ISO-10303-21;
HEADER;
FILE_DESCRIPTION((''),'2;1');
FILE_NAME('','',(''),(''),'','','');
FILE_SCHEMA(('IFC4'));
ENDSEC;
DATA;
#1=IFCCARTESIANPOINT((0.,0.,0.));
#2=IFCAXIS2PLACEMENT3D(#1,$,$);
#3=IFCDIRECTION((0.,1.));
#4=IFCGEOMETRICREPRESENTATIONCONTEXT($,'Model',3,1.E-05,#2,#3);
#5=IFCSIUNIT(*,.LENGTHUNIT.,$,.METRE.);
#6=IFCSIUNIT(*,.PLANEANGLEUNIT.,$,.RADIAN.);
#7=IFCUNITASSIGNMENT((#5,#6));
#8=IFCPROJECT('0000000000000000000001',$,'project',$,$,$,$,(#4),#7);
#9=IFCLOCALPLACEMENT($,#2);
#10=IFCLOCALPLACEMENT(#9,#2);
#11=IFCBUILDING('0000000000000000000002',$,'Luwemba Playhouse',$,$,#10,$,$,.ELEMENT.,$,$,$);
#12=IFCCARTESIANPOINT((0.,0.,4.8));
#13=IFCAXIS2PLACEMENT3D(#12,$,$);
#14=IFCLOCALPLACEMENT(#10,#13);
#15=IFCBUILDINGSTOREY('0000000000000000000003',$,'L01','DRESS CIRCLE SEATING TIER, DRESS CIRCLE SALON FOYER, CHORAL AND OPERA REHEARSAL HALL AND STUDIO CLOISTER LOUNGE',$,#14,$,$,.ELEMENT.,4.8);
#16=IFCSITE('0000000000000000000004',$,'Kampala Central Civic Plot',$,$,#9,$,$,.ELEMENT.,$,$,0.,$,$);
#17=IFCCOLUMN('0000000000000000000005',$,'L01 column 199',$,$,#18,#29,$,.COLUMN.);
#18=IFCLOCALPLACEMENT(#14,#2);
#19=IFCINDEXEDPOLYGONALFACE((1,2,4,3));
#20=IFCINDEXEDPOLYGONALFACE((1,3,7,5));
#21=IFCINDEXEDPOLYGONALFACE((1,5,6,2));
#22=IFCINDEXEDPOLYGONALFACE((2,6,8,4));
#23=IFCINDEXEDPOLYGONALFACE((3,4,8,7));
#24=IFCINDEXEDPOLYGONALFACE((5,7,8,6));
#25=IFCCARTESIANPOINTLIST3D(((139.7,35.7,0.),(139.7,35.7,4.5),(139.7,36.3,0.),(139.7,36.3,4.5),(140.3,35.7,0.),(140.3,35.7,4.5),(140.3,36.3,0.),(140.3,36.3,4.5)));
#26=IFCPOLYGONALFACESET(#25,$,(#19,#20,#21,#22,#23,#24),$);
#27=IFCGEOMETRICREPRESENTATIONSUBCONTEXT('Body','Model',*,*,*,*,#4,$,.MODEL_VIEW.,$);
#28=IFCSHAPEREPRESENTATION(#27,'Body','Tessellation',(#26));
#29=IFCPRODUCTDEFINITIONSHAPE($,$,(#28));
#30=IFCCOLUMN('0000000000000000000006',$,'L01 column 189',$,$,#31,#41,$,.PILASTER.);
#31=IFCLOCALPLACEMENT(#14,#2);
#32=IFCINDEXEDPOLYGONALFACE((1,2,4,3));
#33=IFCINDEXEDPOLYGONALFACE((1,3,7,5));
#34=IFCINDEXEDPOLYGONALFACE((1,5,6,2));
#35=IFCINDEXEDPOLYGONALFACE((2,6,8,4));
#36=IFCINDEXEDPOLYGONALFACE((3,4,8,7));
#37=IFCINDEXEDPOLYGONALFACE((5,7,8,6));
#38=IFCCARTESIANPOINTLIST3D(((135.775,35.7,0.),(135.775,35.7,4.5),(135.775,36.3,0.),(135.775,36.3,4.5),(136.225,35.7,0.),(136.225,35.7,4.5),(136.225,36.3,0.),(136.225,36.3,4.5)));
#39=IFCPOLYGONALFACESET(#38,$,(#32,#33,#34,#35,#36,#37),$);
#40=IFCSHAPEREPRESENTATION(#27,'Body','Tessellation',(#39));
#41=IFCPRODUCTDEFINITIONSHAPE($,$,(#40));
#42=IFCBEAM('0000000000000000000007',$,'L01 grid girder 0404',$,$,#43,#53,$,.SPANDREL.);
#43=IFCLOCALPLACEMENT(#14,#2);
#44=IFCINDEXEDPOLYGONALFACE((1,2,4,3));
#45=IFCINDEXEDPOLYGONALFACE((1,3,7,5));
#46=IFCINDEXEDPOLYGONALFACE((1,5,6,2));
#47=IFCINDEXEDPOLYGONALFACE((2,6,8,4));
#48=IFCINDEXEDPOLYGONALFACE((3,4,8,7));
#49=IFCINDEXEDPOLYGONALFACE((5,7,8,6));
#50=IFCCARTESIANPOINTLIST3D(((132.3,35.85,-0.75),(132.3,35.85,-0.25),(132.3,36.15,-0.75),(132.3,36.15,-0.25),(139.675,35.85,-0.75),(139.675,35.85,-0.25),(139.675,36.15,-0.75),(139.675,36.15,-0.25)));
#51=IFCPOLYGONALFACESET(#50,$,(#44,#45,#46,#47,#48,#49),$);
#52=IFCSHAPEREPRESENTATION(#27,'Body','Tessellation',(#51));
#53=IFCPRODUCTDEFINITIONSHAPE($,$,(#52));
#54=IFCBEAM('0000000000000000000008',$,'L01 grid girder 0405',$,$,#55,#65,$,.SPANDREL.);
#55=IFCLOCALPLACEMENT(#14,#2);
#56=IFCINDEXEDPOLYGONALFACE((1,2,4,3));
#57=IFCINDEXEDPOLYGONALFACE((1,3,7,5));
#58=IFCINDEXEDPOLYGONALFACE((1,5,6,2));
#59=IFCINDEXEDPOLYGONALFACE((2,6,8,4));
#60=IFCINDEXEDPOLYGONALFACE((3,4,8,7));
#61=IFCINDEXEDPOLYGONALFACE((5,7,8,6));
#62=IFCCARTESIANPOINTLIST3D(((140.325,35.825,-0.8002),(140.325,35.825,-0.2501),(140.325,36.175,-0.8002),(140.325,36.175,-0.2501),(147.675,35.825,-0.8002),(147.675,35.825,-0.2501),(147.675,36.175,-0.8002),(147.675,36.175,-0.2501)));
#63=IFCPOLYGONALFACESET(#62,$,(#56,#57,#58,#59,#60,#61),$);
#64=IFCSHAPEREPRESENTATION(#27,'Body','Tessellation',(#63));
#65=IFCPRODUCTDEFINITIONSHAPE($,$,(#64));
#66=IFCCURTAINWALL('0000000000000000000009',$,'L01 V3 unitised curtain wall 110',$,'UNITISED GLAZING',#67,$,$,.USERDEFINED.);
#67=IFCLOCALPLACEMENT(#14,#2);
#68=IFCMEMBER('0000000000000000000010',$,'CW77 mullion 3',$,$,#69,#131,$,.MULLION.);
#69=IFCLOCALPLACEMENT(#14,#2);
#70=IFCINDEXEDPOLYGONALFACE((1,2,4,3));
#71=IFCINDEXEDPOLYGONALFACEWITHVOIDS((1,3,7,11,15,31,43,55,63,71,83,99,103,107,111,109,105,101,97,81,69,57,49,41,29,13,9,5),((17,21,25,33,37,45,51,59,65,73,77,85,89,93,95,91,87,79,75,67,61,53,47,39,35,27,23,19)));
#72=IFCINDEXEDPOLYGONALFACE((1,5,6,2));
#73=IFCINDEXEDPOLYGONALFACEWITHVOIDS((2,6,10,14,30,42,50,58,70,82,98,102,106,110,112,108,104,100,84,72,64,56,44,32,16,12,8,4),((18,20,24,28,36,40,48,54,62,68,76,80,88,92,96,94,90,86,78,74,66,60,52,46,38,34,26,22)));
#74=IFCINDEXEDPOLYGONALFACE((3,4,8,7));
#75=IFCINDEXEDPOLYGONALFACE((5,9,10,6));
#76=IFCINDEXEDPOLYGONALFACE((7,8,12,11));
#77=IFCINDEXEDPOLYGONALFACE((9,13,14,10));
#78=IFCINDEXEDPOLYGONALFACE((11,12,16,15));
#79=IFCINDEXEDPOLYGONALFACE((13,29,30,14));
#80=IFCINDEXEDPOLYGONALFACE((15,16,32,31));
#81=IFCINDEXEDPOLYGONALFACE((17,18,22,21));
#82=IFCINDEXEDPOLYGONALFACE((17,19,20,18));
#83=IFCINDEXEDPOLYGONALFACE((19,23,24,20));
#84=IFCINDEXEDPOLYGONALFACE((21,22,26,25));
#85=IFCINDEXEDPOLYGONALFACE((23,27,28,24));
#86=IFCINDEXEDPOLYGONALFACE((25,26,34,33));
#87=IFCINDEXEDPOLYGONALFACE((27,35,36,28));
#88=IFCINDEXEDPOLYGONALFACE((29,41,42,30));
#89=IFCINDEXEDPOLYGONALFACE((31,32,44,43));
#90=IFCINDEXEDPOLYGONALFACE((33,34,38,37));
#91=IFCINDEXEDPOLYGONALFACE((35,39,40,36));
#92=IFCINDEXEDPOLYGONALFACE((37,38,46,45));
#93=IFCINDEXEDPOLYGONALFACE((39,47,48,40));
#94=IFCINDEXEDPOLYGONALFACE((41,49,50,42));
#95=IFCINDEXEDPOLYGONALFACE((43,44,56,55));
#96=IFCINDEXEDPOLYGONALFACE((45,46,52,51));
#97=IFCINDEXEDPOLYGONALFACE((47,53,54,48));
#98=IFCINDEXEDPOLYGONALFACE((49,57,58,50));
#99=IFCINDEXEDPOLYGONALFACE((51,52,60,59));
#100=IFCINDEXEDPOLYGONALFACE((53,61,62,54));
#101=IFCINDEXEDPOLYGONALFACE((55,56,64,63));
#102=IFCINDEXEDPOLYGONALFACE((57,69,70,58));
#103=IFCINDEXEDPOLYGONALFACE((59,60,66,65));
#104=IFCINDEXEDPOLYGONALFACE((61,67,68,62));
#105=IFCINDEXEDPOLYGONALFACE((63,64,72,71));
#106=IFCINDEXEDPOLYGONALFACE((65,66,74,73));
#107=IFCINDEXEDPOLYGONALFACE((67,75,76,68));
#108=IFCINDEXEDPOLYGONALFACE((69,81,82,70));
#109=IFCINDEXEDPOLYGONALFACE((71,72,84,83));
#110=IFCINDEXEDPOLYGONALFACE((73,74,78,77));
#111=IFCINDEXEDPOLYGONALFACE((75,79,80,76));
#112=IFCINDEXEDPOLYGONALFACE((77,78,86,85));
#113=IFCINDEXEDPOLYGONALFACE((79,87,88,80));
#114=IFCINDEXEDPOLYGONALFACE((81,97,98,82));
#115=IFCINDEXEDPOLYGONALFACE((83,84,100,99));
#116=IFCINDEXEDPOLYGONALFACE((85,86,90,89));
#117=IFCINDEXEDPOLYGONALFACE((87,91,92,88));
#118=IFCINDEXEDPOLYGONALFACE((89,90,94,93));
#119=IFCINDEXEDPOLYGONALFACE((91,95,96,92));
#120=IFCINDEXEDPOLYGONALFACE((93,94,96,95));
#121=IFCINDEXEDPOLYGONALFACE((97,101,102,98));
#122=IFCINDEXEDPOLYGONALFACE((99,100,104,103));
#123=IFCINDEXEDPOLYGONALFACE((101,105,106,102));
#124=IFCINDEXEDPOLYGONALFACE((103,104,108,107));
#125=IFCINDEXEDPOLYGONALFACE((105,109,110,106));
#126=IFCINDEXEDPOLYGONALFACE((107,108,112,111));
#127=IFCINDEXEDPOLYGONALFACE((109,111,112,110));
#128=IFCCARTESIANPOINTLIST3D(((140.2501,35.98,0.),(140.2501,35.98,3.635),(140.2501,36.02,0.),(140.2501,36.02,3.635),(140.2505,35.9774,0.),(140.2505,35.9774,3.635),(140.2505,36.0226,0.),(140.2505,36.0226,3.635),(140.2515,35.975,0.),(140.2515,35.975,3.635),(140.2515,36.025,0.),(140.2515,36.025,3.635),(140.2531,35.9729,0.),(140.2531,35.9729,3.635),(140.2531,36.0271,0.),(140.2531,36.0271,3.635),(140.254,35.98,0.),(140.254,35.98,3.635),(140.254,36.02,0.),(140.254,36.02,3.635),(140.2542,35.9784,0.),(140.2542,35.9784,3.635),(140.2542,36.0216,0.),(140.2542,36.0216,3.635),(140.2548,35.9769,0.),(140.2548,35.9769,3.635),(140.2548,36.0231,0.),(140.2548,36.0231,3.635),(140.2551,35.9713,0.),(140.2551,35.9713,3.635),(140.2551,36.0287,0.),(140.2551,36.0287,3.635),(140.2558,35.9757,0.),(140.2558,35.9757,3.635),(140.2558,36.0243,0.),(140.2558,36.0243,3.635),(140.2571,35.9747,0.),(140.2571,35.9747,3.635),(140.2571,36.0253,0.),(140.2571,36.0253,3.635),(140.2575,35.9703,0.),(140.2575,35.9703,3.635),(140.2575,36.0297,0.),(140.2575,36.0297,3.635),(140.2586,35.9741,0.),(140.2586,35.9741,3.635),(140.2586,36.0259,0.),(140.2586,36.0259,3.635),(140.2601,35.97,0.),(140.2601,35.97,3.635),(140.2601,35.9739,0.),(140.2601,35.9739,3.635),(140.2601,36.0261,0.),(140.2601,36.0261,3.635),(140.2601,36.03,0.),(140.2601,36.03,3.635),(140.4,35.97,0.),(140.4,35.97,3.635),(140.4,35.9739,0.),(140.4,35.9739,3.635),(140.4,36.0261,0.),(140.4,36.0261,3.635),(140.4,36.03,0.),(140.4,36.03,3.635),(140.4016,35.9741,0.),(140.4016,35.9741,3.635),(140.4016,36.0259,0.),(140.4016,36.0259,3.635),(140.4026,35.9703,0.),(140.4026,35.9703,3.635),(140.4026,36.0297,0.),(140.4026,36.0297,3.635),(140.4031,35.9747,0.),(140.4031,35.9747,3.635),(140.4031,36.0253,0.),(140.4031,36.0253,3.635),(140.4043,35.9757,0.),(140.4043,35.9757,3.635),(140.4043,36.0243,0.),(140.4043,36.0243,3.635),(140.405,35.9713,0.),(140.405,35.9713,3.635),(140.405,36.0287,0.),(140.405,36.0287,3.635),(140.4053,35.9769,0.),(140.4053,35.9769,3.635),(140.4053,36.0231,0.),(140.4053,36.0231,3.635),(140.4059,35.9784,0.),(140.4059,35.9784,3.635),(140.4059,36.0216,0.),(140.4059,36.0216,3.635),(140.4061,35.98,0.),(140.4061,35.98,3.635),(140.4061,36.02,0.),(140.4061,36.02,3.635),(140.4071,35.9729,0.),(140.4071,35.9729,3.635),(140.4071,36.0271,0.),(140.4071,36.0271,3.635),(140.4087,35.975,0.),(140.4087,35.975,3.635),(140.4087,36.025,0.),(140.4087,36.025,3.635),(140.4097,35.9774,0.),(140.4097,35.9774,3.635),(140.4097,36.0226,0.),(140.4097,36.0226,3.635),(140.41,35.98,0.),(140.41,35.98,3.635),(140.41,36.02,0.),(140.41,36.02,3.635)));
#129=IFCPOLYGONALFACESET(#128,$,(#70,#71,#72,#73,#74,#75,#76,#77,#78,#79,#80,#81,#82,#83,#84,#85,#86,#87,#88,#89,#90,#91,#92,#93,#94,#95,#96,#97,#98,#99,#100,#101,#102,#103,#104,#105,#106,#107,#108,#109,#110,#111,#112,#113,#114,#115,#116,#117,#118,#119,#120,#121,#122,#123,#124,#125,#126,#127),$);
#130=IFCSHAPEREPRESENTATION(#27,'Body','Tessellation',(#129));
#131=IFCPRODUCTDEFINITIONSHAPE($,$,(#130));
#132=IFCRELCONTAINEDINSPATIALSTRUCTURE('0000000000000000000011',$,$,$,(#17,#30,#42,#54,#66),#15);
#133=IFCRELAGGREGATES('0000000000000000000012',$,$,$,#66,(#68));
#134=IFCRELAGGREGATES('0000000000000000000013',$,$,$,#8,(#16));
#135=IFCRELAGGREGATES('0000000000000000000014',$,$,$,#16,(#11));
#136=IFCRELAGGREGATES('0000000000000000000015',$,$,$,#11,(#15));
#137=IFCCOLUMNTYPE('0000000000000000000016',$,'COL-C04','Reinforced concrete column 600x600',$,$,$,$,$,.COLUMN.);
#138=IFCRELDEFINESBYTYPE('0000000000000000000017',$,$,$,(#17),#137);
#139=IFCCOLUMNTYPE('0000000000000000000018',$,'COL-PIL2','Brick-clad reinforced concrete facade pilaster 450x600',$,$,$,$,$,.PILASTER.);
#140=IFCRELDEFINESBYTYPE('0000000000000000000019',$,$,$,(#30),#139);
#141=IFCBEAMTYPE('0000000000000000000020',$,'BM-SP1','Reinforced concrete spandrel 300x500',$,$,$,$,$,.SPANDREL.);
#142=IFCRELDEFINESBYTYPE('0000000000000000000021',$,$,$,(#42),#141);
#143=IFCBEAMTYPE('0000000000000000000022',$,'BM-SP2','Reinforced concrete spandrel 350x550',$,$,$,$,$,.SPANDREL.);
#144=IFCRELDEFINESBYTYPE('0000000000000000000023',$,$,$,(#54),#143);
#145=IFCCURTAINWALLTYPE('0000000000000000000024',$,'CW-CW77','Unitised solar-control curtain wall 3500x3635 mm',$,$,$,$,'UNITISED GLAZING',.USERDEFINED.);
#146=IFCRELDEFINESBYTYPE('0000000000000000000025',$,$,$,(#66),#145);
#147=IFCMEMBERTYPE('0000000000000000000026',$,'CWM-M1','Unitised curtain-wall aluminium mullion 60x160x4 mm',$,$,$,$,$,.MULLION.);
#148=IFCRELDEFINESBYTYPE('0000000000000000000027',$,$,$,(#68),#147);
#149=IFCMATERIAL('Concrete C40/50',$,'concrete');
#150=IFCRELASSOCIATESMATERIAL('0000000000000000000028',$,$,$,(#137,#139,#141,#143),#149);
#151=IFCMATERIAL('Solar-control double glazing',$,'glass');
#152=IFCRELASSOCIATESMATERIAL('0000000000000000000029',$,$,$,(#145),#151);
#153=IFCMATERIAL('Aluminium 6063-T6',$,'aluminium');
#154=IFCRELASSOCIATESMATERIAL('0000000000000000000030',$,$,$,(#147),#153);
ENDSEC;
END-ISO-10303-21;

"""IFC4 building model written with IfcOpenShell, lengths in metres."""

from ifc_helpers import new_model, si_unit, direction, frame, origin, origin_2d, place, context, subcontext, project, spatial, rectangle, hollow_rectangle, extrude, material, material_profile, profile_set, type_object, element, aggregate, save


model = new_model("IFC4")

# Units and contexts
model_context = context("Model", 3, precision=1e-05, world=origin(), true_north=direction((0.0, 1.0)))
body_context = subcontext(model_context, "Body", "Model", "MODEL_VIEW")
ifc_project = project(units=[si_unit("LENGTHUNIT", "METRE"), si_unit("PLANEANGLEUNIT", "RADIAN")], contexts=[model_context])

# Site, building, storey
site_placement = place(None, origin())
site = spatial("IfcSite", under=ifc_project, at=site_placement, Name="Kampala Central Civic Plot", CompositionType="ELEMENT", RefElevation=0.0)
building_placement = place(site_placement, origin())
building = spatial("IfcBuilding", under=site, at=building_placement, Name="Luwemba Playhouse", CompositionType="ELEMENT")
storey_placement = place(building_placement, frame((0.0, 0.0, 4.8)))
storey = spatial("IfcBuildingStorey", under=building, at=storey_placement, Name="L01", Description="DRESS CIRCLE SEATING TIER, DRESS CIRCLE SALON FOYER, CHORAL AND OPERA REHEARSAL HALL AND STUDIO CLOISTER LOUNGE", CompositionType="ELEMENT", Elevation=4.8)

# Columns
ifc_material_1 = material(Name="Concrete C40/50", Category="concrete")
ifc_material_profile_1 = material_profile(ifc_material_1, rectangle(XDim=0.6001, YDim=0.6001, at=origin_2d()))
ifc_profile_set_1 = profile_set([ifc_material_profile_1], Name="Concrete C40/50")
column_type_1 = type_object("IfcColumnType", Name="COL-C04", Description="Reinforced concrete column 600x600", PredefinedType="COLUMN", material=ifc_profile_set_1)
column_1_placement = place(storey_placement, frame((140.0, 36.0, 0.0), z_axis=(0.0, 0.0, 1.0), x_axis=(1.0, 0.0, 0.0)))
element("IfcColumn", 1, at=column_1_placement, inside=storey, type_object=column_type_1, Name="L01 column 199", PredefinedType="COLUMN", context=body_context, shape_type="SweptSolid", body=[
    extrude(rectangle(XDim=0.6001, YDim=0.6001, at=origin_2d()), origin(), (0.0, 0.0, 1.0), 4.5),
])
ifc_material_profile_2 = material_profile(ifc_material_1, rectangle(XDim=0.45, YDim=0.6001, at=origin_2d()))
ifc_profile_set_2 = profile_set([ifc_material_profile_2], Name="Concrete C40/50")
column_type_2 = type_object("IfcColumnType", Name="COL-PIL2", Description="Brick-clad reinforced concrete facade pilaster 450x600", PredefinedType="PILASTER", material=ifc_profile_set_2)
column_2_placement = place(storey_placement, frame((136.0, 36.0, 0.0), z_axis=(0.0, 0.0, 1.0), x_axis=(1.0, 0.0, 0.0)))
element("IfcColumn", 2, at=column_2_placement, inside=storey, type_object=column_type_2, Name="L01 column 189", PredefinedType="PILASTER", context=body_context, shape_type="SweptSolid", body=[
    extrude(rectangle(XDim=0.45, YDim=0.6001, at=origin_2d()), origin(), (0.0, 0.0, 1.0), 4.5),
])

# Beams
ifc_material_profile_3 = material_profile(ifc_material_1, rectangle(XDim=0.3, YDim=0.5, at=origin_2d()))
ifc_profile_set_3 = profile_set([ifc_material_profile_3], Name="Concrete C40/50")
beam_type_1 = type_object("IfcBeamType", Name="BM-SP1", Description="Reinforced concrete spandrel 300x500", PredefinedType="SPANDREL", material=ifc_profile_set_3)
beam_1_placement = place(storey_placement, frame((132.3, 36.0, -0.5), z_axis=(1.0, 0.0, 0.0), x_axis=(0.0, 1.0, 0.0)))
element("IfcBeam", 3, at=beam_1_placement, inside=storey, type_object=beam_type_1, Name="L01 grid girder 0404", PredefinedType="SPANDREL", context=body_context, shape_type="SweptSolid", body=[
    extrude(rectangle(XDim=0.3, YDim=0.5, at=origin_2d()), origin(), (0.0, 0.0, 1.0), 7.375),
])
ifc_material_profile_4 = material_profile(ifc_material_1, rectangle(XDim=0.3501, YDim=0.55, at=origin_2d()))
ifc_profile_set_4 = profile_set([ifc_material_profile_4], Name="Concrete C40/50")
beam_type_2 = type_object("IfcBeamType", Name="BM-SP2", Description="Reinforced concrete spandrel 350x550", PredefinedType="SPANDREL", material=ifc_profile_set_4)
beam_2_placement = place(storey_placement, frame((140.325, 36.0, -0.5251), z_axis=(1.0, 0.0, 0.0), x_axis=(0.0, 1.0, 0.0)))
element("IfcBeam", 4, at=beam_2_placement, inside=storey, type_object=beam_type_2, Name="L01 grid girder 0405", PredefinedType="SPANDREL", context=body_context, shape_type="SweptSolid", body=[
    extrude(rectangle(XDim=0.3501, YDim=0.55, at=origin_2d()), origin(), (0.0, 0.0, 1.0), 7.3501),
])

# Curtain wall, member
ifc_material_2 = material(Name="Solar-control double glazing", Category="glass")
curtain_wall_type_1 = type_object("IfcCurtainWallType", Name="CW-CW77", Description="Unitised solar-control curtain wall 3500x3635 mm", ElementType="UNITISED GLAZING", PredefinedType="USERDEFINED", material=ifc_material_2)
curtain_wall_1_placement = place(storey_placement, origin())
curtain_wall_1 = element("IfcCurtainWall", 5, at=curtain_wall_1_placement, inside=storey, type_object=curtain_wall_type_1, Name="L01 V3 unitised curtain wall 110", ObjectType="UNITISED GLAZING", PredefinedType="USERDEFINED")
ifc_material_3 = material(Name="Aluminium 6063-T6", Category="aluminium")
ifc_material_profile_5 = material_profile(ifc_material_3, hollow_rectangle(XDim=0.0601, YDim=0.1599, WallThickness=0.0039, InnerFilletRadius=0.0061, OuterFilletRadius=0.01, at=origin_2d()))
ifc_profile_set_5 = profile_set([ifc_material_profile_5], Name="Aluminium 6063-T6")
member_type_1 = type_object("IfcMemberType", Name="CWM-M1", Description="Unitised curtain-wall aluminium mullion 60x160x4 mm", PredefinedType="MULLION", material=ifc_profile_set_5)
member_1_placement = place(storey_placement, frame((140.3301, 36.0, 0.0), z_axis=(0.0, 0.0, 1.0), x_axis=(0.0, -1.0, 0.0)))
member_1 = element("IfcMember", 6, at=member_1_placement, type_object=member_type_1, Name="CW77 mullion 3", PredefinedType="MULLION", context=body_context, shape_type="SweptSolid", body=[
    extrude(hollow_rectangle(XDim=0.0601, YDim=0.1599, WallThickness=0.0039, InnerFilletRadius=0.0061, OuterFilletRadius=0.01, at=origin_2d()), origin(), (0.0, 0.0, 1.0), 3.635),
])

aggregate(curtain_wall_1, [member_1])

save(model, "model.ifc")
